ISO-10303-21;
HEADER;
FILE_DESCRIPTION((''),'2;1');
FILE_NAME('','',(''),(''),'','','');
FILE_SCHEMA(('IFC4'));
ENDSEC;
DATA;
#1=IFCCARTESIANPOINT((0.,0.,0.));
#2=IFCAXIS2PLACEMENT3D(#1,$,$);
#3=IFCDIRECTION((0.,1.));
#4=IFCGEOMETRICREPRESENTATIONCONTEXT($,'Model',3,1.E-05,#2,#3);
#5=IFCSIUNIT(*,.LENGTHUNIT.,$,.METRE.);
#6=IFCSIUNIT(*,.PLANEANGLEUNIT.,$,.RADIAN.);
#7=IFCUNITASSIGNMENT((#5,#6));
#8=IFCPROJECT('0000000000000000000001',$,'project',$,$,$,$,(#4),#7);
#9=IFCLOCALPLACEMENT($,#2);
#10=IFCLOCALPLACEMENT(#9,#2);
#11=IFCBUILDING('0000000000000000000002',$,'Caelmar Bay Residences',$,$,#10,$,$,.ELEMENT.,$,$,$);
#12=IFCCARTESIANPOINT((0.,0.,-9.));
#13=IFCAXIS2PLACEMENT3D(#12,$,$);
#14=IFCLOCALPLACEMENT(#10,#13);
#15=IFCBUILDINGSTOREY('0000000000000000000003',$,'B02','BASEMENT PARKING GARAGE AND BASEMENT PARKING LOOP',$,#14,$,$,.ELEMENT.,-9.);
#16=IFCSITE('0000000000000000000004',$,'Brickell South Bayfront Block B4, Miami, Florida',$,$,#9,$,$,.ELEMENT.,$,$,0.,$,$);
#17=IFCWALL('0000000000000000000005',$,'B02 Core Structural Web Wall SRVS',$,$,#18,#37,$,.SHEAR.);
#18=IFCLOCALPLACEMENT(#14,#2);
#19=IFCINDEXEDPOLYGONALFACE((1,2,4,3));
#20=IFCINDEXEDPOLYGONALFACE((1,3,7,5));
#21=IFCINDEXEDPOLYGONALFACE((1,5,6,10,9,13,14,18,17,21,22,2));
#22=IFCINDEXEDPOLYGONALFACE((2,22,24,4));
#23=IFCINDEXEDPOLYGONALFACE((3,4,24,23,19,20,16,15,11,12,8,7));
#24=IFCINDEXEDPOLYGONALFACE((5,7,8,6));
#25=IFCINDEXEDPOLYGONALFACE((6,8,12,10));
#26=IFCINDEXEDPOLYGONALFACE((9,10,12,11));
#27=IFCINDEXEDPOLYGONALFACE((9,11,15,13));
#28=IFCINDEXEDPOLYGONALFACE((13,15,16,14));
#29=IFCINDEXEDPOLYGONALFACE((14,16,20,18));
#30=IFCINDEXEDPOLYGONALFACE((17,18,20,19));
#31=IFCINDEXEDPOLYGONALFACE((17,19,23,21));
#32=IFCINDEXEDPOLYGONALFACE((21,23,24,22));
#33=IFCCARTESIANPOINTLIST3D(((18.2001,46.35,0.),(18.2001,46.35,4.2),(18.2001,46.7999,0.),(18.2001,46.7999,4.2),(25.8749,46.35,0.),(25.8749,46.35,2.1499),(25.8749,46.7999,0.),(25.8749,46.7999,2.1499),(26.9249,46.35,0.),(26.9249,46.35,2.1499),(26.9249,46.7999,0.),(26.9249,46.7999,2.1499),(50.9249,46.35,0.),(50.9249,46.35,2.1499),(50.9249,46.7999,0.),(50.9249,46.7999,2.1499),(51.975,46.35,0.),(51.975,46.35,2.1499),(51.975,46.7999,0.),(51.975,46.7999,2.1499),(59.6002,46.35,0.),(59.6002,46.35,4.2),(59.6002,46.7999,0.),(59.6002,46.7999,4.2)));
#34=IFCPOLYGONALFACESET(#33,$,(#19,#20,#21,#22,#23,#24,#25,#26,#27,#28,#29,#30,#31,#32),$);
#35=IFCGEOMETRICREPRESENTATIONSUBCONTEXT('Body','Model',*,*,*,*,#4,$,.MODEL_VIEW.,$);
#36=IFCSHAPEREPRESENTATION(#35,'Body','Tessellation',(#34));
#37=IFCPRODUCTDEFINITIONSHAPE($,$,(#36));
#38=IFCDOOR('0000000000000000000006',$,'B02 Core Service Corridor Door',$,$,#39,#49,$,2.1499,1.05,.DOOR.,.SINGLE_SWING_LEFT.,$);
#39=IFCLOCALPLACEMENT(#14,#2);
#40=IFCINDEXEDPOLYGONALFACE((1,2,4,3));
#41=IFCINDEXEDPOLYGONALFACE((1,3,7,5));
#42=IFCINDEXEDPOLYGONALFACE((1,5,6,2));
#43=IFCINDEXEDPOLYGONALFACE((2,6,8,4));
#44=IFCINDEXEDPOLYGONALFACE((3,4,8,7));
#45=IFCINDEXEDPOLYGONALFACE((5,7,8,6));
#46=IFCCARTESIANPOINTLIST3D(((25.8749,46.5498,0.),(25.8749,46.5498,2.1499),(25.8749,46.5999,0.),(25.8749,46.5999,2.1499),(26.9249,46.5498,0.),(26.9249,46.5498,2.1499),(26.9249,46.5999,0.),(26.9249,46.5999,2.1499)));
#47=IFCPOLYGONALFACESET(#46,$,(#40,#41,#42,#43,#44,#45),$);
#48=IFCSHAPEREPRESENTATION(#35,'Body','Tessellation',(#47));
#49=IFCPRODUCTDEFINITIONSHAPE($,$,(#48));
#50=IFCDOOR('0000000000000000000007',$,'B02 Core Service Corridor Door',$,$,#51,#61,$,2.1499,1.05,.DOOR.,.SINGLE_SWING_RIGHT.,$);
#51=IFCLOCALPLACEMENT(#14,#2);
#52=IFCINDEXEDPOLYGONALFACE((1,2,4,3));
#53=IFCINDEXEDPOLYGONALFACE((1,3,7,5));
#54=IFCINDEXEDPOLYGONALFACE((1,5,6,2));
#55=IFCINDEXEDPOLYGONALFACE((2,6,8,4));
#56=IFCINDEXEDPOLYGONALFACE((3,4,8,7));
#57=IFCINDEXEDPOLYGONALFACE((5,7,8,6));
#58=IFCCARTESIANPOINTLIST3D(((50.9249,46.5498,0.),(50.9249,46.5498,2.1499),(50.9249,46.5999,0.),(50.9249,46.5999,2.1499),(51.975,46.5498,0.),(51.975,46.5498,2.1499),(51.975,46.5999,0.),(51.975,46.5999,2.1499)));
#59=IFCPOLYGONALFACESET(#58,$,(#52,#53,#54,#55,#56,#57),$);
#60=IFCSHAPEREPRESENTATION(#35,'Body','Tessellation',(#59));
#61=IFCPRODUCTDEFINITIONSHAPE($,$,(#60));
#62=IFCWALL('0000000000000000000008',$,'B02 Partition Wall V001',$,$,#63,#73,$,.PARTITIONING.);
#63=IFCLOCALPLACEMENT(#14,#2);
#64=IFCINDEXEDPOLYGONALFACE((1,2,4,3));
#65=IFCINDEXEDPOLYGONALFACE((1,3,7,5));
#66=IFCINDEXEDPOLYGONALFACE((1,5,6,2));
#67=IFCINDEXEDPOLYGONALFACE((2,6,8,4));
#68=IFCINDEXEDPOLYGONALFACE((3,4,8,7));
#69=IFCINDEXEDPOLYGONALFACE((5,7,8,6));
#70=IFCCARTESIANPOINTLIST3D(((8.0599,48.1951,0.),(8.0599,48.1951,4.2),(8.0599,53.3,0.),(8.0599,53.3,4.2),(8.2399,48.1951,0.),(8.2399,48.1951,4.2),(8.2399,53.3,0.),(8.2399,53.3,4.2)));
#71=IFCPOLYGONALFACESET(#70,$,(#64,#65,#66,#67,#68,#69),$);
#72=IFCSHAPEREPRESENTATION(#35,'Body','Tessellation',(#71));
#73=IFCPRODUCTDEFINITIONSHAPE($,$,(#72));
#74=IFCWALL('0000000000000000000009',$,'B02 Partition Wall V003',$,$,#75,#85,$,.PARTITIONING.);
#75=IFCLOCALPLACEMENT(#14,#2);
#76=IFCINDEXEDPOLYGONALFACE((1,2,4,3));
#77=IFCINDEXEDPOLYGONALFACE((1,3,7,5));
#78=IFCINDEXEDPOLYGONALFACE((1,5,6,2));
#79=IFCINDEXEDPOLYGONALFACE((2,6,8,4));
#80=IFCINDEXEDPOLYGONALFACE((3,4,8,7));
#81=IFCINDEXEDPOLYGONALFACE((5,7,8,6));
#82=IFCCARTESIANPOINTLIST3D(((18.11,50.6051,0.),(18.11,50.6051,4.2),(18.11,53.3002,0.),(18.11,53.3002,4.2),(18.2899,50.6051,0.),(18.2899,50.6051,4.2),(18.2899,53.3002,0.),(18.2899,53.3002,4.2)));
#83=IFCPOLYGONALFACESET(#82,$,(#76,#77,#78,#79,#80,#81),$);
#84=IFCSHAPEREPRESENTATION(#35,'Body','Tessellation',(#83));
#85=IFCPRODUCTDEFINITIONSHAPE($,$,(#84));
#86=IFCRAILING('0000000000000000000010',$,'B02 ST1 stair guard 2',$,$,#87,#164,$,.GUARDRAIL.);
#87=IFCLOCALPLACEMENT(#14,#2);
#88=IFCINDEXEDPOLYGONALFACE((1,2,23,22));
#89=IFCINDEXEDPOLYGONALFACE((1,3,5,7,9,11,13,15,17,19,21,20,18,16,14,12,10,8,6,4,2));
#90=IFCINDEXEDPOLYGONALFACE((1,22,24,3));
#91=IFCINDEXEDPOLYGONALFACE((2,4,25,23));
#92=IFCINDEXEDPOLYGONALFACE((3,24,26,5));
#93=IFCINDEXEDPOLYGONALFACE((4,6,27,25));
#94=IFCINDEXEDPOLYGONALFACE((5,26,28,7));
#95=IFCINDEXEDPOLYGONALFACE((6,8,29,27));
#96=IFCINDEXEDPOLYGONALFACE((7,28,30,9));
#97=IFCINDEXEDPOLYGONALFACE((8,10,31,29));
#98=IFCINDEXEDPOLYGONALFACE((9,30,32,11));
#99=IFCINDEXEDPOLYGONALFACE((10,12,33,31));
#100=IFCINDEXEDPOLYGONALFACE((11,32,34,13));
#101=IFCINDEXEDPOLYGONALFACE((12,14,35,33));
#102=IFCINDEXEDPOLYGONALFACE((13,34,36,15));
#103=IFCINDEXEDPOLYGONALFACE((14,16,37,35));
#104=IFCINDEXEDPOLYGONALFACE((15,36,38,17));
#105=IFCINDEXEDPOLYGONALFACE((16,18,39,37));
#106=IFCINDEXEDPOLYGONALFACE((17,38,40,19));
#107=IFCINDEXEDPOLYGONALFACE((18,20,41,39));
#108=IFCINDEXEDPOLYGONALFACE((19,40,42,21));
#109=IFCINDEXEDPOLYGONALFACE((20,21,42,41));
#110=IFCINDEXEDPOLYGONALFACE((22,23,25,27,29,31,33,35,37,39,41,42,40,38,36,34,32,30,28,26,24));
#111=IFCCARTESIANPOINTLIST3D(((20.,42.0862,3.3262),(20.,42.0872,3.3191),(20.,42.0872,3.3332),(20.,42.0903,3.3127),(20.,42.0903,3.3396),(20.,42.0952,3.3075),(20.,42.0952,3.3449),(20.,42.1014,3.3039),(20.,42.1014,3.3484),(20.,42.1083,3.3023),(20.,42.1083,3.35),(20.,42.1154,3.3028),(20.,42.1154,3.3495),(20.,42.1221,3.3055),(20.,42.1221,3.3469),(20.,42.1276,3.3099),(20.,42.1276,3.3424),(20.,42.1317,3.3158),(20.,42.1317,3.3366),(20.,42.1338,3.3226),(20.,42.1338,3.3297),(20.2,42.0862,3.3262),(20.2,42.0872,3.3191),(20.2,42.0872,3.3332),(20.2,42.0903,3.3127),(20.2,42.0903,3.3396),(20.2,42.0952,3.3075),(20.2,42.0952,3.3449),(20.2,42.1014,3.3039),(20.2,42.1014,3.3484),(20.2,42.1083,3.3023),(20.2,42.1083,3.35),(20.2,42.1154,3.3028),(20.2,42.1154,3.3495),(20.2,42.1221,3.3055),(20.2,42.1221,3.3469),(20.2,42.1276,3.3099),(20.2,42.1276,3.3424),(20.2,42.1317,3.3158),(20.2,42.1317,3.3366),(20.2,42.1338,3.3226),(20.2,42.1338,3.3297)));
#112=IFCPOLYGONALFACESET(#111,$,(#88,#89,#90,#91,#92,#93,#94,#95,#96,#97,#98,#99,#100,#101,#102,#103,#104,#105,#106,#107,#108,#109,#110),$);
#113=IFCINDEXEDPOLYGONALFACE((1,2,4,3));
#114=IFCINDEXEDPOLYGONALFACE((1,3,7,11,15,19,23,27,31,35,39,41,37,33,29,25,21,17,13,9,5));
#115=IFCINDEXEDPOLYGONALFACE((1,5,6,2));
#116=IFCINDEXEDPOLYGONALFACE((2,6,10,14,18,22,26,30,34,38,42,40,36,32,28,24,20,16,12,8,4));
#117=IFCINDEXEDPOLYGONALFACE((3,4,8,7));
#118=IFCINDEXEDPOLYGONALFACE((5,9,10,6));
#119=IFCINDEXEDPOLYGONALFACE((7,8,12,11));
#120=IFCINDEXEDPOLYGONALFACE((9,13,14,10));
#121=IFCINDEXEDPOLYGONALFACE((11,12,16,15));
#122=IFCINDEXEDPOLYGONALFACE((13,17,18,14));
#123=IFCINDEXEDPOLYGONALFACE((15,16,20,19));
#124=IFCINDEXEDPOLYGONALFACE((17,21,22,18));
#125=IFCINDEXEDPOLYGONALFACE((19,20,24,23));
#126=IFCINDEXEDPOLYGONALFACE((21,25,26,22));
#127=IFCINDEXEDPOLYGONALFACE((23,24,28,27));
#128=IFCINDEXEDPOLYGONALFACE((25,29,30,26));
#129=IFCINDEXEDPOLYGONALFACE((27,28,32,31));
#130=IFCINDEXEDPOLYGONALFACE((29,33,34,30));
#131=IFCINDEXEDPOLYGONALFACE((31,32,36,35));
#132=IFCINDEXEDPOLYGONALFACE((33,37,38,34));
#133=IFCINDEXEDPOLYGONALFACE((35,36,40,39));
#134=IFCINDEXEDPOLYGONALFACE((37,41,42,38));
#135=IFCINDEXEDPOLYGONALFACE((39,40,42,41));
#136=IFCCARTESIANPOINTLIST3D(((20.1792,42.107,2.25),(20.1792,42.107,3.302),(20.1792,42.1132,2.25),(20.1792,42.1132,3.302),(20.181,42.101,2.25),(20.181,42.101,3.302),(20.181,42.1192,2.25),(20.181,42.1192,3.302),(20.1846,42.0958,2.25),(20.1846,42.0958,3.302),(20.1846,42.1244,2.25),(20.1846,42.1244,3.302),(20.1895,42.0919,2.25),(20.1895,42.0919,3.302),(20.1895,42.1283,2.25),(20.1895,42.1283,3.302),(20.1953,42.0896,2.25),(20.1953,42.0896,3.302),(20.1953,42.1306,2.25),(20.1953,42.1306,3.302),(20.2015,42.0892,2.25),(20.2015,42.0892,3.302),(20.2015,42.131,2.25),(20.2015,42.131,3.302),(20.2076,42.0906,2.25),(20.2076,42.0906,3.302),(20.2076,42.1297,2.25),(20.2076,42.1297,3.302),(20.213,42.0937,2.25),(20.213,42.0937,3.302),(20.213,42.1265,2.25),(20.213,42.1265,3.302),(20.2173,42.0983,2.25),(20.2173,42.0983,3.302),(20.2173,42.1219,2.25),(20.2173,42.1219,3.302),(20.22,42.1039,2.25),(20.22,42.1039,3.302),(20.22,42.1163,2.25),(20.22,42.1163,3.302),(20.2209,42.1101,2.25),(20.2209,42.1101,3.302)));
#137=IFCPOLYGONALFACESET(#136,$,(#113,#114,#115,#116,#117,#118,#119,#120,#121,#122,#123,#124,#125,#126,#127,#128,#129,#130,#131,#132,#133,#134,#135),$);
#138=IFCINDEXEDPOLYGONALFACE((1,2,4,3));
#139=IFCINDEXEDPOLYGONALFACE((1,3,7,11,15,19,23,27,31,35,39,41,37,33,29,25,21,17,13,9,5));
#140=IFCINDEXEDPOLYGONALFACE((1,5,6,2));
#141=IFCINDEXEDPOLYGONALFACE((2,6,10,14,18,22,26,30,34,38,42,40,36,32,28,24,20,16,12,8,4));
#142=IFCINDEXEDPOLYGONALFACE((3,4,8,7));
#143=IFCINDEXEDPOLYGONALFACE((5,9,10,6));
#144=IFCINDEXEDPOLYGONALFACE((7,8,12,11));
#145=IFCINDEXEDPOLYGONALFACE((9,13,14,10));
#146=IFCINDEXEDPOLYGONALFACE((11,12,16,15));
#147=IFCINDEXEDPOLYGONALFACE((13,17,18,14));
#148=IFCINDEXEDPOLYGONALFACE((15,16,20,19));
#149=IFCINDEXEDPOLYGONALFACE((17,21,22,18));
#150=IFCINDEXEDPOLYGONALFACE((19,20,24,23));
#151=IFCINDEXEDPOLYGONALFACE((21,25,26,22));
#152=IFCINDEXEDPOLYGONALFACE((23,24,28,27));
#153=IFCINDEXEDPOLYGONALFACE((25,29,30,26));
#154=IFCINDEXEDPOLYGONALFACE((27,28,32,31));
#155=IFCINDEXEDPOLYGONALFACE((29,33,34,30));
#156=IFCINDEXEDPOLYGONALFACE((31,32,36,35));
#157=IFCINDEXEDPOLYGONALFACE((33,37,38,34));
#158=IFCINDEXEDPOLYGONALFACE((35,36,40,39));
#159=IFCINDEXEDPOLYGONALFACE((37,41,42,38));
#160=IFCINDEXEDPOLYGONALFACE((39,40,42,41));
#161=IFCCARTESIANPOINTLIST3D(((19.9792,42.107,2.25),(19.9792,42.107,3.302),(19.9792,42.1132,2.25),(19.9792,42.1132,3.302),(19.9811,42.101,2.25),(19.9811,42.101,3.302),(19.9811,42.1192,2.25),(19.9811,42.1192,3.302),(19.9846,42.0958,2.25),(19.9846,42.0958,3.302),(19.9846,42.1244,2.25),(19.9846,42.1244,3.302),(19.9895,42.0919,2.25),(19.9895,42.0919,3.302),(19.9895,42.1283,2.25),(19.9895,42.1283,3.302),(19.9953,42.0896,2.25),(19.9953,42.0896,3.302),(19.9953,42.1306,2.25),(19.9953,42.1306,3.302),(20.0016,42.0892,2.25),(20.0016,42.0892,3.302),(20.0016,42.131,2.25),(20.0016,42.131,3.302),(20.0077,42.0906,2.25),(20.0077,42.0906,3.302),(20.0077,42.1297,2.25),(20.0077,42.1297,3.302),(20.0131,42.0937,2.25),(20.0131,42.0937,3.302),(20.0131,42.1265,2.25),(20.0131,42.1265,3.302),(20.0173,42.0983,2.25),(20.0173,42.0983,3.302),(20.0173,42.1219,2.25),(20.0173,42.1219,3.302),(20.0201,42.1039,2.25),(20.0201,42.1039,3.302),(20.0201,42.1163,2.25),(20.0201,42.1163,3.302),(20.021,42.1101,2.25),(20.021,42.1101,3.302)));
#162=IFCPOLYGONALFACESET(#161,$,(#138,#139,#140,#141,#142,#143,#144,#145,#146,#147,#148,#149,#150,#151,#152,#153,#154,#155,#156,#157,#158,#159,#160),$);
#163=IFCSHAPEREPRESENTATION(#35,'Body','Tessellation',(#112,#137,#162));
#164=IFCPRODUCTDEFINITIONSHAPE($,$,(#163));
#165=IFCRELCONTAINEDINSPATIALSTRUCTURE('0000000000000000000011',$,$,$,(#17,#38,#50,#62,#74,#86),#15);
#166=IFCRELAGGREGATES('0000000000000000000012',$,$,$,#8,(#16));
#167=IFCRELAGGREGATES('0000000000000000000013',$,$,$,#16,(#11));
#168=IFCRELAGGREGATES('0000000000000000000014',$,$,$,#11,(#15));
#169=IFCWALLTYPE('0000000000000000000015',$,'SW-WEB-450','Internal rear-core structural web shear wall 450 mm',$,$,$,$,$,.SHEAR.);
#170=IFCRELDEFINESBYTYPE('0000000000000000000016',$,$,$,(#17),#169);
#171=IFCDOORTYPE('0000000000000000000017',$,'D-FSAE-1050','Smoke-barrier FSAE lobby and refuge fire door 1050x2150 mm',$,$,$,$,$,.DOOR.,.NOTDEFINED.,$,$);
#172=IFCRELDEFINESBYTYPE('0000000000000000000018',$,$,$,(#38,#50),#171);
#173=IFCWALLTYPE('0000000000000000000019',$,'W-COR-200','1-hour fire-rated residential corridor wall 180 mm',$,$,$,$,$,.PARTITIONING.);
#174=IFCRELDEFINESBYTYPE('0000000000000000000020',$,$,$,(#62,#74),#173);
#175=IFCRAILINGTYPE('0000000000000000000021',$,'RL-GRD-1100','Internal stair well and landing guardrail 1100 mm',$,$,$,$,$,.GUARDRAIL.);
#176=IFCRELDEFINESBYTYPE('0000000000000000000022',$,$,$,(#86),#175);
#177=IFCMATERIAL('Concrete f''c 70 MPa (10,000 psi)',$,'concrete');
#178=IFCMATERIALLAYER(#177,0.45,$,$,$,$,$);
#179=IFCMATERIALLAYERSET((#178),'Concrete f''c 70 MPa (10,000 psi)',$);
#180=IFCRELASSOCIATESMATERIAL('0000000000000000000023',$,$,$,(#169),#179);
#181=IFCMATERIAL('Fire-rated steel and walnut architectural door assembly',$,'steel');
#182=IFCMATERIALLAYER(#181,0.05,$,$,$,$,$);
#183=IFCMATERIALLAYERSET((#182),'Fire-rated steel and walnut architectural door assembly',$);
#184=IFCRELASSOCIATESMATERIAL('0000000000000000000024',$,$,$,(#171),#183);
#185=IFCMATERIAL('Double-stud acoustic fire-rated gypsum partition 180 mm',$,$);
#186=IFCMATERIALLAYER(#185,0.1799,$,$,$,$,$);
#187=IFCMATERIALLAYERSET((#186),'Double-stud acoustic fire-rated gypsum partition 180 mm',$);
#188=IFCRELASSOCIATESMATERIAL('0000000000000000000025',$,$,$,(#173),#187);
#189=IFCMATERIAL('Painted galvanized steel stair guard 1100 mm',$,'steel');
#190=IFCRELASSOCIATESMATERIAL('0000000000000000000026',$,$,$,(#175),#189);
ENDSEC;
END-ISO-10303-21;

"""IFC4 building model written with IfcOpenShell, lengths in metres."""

from ifc_helpers import new_model, si_unit, direction, frame, frame_2d, origin, origin_2d, place, context, subcontext, project, spatial, rectangle, circle, extrude, material, layer, layer_set, type_object, element, fill, save


model = new_model("IFC4")

# Units and contexts
model_context = context("Model", 3, precision=1e-05, world=origin(), true_north=direction((0.0, 1.0)))
body_context = subcontext(model_context, "Body", "Model", "MODEL_VIEW")
ifc_project = project(units=[si_unit("LENGTHUNIT", "METRE"), si_unit("PLANEANGLEUNIT", "RADIAN")], contexts=[model_context])

# Site, building, storey
site_placement = place(None, origin())
site = spatial("IfcSite", under=ifc_project, at=site_placement, Name="Brickell South Bayfront Block B4, Miami, Florida", CompositionType="ELEMENT", RefElevation=0.0)
building_placement = place(site_placement, origin())
building = spatial("IfcBuilding", under=site, at=building_placement, Name="Caelmar Bay Residences", CompositionType="ELEMENT")
storey_placement = place(building_placement, frame((0.0, 0.0, -9.0)))
storey = spatial("IfcBuildingStorey", under=building, at=storey_placement, Name="B02", Description="BASEMENT PARKING GARAGE AND BASEMENT PARKING LOOP", CompositionType="ELEMENT", Elevation=-9.0)

# Shared definitions
ifc_material_1 = material(Name="Concrete f'c 70 MPa (10,000 psi)", Category="concrete")

# Wall, openings, doors
ifc_layer_1 = layer(ifc_material_1, 0.45)
ifc_layer_set_1 = layer_set([ifc_layer_1], Name="Concrete f'c 70 MPa (10,000 psi)")
wall_type_1 = type_object("IfcWallType", Name="SW-WEB-450", Description="Internal rear-core structural web shear wall 450 mm", PredefinedType="SHEAR", material=ifc_layer_set_1)
wall_1_placement = place(storey_placement, frame((18.2, 46.575, 0.0), z_axis=(0.0, 0.0, 1.0), x_axis=(1.0, 0.0, 0.0)))
wall_1 = element("IfcWall", 1, at=wall_1_placement, inside=storey, type_object=wall_type_1, Name="B02 Core Structural Web Wall SRVS", PredefinedType="SHEAR", context=body_context, shape_type="SweptSolid", body=[
    extrude(rectangle(XDim=41.4001, YDim=0.45, at=frame_2d((20.7002, 0.0))), origin(), (0.0, 0.0, 1.0), 4.2),
])
opening_1_placement = place(wall_1_placement, frame((7.675, 0.0, 0.0)))
opening_1 = element("IfcOpeningElement", 2, at=opening_1_placement, cuts=wall_1, PredefinedType="OPENING", context=body_context, shape_type="SweptSolid", body=[
    extrude(rectangle(XDim=1.05, YDim=2.1499, at=frame_2d((0.5249, 1.075))), frame((0.0, 0.2349, 0.0), z_axis=(0.0, -1.0, 0.0), x_axis=(1.0, 0.0, 0.0)), (0.0, 0.0, 1.0), 0.47),
])
opening_2_placement = place(wall_1_placement, frame((32.7251, 0.0, 0.0)))
opening_2 = element("IfcOpeningElement", 3, at=opening_2_placement, cuts=wall_1, PredefinedType="OPENING", context=body_context, shape_type="SweptSolid", body=[
    extrude(rectangle(XDim=1.05, YDim=2.1499, at=frame_2d((0.5249, 1.075))), frame((0.0, 0.2349, 0.0), z_axis=(0.0, -1.0, 0.0), x_axis=(1.0, 0.0, 0.0)), (0.0, 0.0, 1.0), 0.47),
])
ifc_material_2 = material(Name="Fire-rated steel and walnut architectural door assembly", Category="steel")
ifc_layer_2 = layer(ifc_material_2, 0.05)
ifc_layer_set_2 = layer_set([ifc_layer_2], Name="Fire-rated steel and walnut architectural door assembly")
door_type = type_object("IfcDoorType", Name="D-FSAE-1050", Description="Smoke-barrier FSAE lobby and refuge fire door 1050x2150 mm", OperationType="NOTDEFINED", PredefinedType="DOOR", material=ifc_layer_set_2)
door_1_placement = place(opening_1_placement, origin())
door_1 = element("IfcDoor", 4, at=door_1_placement, inside=storey, type_object=door_type, Name="B02 Core Service Corridor Door", OperationType="SINGLE_SWING_LEFT", OverallHeight=2.1499, OverallWidth=1.05, PredefinedType="DOOR", context=body_context, shape_type="SweptSolid", body=[
    extrude(rectangle(XDim=1.05, YDim=2.1499, at=frame_2d((0.5249, 1.075))), frame((0.0, 0.0249, 0.0), z_axis=(0.0, -1.0, 0.0), x_axis=(1.0, 0.0, 0.0)), (0.0, 0.0, 1.0), 0.05),
])
fill(opening_1, door_1)
door_2_placement = place(opening_2_placement, origin())
door_2 = element("IfcDoor", 5, at=door_2_placement, inside=storey, type_object=door_type, Name="B02 Core Service Corridor Door", OperationType="SINGLE_SWING_RIGHT", OverallHeight=2.1499, OverallWidth=1.05, PredefinedType="DOOR", context=body_context, shape_type="SweptSolid", body=[
    extrude(rectangle(XDim=1.05, YDim=2.1499, at=frame_2d((0.5249, 1.075))), frame((0.0, 0.0249, 0.0), z_axis=(0.0, -1.0, 0.0), x_axis=(1.0, 0.0, 0.0)), (0.0, 0.0, 1.0), 0.05),
])
fill(opening_2, door_2)

# Walls
ifc_material_3 = material(Name="Double-stud acoustic fire-rated gypsum partition 180 mm")
ifc_layer_3 = layer(ifc_material_3, 0.1799)
ifc_layer_set_3 = layer_set([ifc_layer_3], Name="Double-stud acoustic fire-rated gypsum partition 180 mm")
wall_type_2 = type_object("IfcWallType", Name="W-COR-200", Description="1-hour fire-rated residential corridor wall 180 mm", PredefinedType="PARTITIONING", material=ifc_layer_set_3)
wall_2_placement = place(storey_placement, frame((8.1499, 48.1951, 0.0), z_axis=(0.0, 0.0, 1.0), x_axis=(0.0, 1.0, 0.0)))
element("IfcWall", 6, at=wall_2_placement, inside=storey, type_object=wall_type_2, Name="B02 Partition Wall V001", PredefinedType="PARTITIONING", context=body_context, shape_type="SweptSolid", body=[
    extrude(rectangle(XDim=5.105, YDim=0.1799, at=frame_2d((2.5525, 0.0))), origin(), (0.0, 0.0, 1.0), 4.2),
])
wall_3_placement = place(storey_placement, frame((18.2, 50.605, 0.0), z_axis=(0.0, 0.0, 1.0), x_axis=(0.0, 1.0, 0.0)))
element("IfcWall", 7, at=wall_3_placement, inside=storey, type_object=wall_type_2, Name="B02 Partition Wall V003", PredefinedType="PARTITIONING", context=body_context, shape_type="SweptSolid", body=[
    extrude(rectangle(XDim=2.6951, YDim=0.1799, at=frame_2d((1.3477, 0.0))), origin(), (0.0, 0.0, 1.0), 4.2),
])

# Railing
ifc_material_4 = material(Name="Painted galvanized steel stair guard 1100 mm", Category="steel")
railing_type = type_object("IfcRailingType", Name="RL-GRD-1100", Description="Internal stair well and landing guardrail 1100 mm", PredefinedType="GUARDRAIL", material=ifc_material_4)
railing_placement = place(storey_placement, frame((20.2, 42.1101, 2.25)))
element("IfcRailing", 8, at=railing_placement, inside=storey, type_object=railing_type, Name="B02 ST1 stair guard 2", PredefinedType="GUARDRAIL", context=body_context, shape_type="SweptSolid", body=[
    extrude(circle(Radius=0.0239, at=origin_2d()), frame((0.0, 0.0, 1.0762), z_axis=(-1.0, 0.0, 0.0), x_axis=(0.0, -1.0, 0.0)), (0.0, 0.0, 1.0), 0.2),
    extrude(circle(Radius=0.021, at=origin_2d()), origin(), (0.0, 0.0, 1.0), 1.052),
    extrude(circle(Radius=0.021, at=origin_2d()), frame((-0.2, 0.0, 0.0)), (0.0, 0.0, 1.0), 1.052),
])

save(model, "model.ifc")
